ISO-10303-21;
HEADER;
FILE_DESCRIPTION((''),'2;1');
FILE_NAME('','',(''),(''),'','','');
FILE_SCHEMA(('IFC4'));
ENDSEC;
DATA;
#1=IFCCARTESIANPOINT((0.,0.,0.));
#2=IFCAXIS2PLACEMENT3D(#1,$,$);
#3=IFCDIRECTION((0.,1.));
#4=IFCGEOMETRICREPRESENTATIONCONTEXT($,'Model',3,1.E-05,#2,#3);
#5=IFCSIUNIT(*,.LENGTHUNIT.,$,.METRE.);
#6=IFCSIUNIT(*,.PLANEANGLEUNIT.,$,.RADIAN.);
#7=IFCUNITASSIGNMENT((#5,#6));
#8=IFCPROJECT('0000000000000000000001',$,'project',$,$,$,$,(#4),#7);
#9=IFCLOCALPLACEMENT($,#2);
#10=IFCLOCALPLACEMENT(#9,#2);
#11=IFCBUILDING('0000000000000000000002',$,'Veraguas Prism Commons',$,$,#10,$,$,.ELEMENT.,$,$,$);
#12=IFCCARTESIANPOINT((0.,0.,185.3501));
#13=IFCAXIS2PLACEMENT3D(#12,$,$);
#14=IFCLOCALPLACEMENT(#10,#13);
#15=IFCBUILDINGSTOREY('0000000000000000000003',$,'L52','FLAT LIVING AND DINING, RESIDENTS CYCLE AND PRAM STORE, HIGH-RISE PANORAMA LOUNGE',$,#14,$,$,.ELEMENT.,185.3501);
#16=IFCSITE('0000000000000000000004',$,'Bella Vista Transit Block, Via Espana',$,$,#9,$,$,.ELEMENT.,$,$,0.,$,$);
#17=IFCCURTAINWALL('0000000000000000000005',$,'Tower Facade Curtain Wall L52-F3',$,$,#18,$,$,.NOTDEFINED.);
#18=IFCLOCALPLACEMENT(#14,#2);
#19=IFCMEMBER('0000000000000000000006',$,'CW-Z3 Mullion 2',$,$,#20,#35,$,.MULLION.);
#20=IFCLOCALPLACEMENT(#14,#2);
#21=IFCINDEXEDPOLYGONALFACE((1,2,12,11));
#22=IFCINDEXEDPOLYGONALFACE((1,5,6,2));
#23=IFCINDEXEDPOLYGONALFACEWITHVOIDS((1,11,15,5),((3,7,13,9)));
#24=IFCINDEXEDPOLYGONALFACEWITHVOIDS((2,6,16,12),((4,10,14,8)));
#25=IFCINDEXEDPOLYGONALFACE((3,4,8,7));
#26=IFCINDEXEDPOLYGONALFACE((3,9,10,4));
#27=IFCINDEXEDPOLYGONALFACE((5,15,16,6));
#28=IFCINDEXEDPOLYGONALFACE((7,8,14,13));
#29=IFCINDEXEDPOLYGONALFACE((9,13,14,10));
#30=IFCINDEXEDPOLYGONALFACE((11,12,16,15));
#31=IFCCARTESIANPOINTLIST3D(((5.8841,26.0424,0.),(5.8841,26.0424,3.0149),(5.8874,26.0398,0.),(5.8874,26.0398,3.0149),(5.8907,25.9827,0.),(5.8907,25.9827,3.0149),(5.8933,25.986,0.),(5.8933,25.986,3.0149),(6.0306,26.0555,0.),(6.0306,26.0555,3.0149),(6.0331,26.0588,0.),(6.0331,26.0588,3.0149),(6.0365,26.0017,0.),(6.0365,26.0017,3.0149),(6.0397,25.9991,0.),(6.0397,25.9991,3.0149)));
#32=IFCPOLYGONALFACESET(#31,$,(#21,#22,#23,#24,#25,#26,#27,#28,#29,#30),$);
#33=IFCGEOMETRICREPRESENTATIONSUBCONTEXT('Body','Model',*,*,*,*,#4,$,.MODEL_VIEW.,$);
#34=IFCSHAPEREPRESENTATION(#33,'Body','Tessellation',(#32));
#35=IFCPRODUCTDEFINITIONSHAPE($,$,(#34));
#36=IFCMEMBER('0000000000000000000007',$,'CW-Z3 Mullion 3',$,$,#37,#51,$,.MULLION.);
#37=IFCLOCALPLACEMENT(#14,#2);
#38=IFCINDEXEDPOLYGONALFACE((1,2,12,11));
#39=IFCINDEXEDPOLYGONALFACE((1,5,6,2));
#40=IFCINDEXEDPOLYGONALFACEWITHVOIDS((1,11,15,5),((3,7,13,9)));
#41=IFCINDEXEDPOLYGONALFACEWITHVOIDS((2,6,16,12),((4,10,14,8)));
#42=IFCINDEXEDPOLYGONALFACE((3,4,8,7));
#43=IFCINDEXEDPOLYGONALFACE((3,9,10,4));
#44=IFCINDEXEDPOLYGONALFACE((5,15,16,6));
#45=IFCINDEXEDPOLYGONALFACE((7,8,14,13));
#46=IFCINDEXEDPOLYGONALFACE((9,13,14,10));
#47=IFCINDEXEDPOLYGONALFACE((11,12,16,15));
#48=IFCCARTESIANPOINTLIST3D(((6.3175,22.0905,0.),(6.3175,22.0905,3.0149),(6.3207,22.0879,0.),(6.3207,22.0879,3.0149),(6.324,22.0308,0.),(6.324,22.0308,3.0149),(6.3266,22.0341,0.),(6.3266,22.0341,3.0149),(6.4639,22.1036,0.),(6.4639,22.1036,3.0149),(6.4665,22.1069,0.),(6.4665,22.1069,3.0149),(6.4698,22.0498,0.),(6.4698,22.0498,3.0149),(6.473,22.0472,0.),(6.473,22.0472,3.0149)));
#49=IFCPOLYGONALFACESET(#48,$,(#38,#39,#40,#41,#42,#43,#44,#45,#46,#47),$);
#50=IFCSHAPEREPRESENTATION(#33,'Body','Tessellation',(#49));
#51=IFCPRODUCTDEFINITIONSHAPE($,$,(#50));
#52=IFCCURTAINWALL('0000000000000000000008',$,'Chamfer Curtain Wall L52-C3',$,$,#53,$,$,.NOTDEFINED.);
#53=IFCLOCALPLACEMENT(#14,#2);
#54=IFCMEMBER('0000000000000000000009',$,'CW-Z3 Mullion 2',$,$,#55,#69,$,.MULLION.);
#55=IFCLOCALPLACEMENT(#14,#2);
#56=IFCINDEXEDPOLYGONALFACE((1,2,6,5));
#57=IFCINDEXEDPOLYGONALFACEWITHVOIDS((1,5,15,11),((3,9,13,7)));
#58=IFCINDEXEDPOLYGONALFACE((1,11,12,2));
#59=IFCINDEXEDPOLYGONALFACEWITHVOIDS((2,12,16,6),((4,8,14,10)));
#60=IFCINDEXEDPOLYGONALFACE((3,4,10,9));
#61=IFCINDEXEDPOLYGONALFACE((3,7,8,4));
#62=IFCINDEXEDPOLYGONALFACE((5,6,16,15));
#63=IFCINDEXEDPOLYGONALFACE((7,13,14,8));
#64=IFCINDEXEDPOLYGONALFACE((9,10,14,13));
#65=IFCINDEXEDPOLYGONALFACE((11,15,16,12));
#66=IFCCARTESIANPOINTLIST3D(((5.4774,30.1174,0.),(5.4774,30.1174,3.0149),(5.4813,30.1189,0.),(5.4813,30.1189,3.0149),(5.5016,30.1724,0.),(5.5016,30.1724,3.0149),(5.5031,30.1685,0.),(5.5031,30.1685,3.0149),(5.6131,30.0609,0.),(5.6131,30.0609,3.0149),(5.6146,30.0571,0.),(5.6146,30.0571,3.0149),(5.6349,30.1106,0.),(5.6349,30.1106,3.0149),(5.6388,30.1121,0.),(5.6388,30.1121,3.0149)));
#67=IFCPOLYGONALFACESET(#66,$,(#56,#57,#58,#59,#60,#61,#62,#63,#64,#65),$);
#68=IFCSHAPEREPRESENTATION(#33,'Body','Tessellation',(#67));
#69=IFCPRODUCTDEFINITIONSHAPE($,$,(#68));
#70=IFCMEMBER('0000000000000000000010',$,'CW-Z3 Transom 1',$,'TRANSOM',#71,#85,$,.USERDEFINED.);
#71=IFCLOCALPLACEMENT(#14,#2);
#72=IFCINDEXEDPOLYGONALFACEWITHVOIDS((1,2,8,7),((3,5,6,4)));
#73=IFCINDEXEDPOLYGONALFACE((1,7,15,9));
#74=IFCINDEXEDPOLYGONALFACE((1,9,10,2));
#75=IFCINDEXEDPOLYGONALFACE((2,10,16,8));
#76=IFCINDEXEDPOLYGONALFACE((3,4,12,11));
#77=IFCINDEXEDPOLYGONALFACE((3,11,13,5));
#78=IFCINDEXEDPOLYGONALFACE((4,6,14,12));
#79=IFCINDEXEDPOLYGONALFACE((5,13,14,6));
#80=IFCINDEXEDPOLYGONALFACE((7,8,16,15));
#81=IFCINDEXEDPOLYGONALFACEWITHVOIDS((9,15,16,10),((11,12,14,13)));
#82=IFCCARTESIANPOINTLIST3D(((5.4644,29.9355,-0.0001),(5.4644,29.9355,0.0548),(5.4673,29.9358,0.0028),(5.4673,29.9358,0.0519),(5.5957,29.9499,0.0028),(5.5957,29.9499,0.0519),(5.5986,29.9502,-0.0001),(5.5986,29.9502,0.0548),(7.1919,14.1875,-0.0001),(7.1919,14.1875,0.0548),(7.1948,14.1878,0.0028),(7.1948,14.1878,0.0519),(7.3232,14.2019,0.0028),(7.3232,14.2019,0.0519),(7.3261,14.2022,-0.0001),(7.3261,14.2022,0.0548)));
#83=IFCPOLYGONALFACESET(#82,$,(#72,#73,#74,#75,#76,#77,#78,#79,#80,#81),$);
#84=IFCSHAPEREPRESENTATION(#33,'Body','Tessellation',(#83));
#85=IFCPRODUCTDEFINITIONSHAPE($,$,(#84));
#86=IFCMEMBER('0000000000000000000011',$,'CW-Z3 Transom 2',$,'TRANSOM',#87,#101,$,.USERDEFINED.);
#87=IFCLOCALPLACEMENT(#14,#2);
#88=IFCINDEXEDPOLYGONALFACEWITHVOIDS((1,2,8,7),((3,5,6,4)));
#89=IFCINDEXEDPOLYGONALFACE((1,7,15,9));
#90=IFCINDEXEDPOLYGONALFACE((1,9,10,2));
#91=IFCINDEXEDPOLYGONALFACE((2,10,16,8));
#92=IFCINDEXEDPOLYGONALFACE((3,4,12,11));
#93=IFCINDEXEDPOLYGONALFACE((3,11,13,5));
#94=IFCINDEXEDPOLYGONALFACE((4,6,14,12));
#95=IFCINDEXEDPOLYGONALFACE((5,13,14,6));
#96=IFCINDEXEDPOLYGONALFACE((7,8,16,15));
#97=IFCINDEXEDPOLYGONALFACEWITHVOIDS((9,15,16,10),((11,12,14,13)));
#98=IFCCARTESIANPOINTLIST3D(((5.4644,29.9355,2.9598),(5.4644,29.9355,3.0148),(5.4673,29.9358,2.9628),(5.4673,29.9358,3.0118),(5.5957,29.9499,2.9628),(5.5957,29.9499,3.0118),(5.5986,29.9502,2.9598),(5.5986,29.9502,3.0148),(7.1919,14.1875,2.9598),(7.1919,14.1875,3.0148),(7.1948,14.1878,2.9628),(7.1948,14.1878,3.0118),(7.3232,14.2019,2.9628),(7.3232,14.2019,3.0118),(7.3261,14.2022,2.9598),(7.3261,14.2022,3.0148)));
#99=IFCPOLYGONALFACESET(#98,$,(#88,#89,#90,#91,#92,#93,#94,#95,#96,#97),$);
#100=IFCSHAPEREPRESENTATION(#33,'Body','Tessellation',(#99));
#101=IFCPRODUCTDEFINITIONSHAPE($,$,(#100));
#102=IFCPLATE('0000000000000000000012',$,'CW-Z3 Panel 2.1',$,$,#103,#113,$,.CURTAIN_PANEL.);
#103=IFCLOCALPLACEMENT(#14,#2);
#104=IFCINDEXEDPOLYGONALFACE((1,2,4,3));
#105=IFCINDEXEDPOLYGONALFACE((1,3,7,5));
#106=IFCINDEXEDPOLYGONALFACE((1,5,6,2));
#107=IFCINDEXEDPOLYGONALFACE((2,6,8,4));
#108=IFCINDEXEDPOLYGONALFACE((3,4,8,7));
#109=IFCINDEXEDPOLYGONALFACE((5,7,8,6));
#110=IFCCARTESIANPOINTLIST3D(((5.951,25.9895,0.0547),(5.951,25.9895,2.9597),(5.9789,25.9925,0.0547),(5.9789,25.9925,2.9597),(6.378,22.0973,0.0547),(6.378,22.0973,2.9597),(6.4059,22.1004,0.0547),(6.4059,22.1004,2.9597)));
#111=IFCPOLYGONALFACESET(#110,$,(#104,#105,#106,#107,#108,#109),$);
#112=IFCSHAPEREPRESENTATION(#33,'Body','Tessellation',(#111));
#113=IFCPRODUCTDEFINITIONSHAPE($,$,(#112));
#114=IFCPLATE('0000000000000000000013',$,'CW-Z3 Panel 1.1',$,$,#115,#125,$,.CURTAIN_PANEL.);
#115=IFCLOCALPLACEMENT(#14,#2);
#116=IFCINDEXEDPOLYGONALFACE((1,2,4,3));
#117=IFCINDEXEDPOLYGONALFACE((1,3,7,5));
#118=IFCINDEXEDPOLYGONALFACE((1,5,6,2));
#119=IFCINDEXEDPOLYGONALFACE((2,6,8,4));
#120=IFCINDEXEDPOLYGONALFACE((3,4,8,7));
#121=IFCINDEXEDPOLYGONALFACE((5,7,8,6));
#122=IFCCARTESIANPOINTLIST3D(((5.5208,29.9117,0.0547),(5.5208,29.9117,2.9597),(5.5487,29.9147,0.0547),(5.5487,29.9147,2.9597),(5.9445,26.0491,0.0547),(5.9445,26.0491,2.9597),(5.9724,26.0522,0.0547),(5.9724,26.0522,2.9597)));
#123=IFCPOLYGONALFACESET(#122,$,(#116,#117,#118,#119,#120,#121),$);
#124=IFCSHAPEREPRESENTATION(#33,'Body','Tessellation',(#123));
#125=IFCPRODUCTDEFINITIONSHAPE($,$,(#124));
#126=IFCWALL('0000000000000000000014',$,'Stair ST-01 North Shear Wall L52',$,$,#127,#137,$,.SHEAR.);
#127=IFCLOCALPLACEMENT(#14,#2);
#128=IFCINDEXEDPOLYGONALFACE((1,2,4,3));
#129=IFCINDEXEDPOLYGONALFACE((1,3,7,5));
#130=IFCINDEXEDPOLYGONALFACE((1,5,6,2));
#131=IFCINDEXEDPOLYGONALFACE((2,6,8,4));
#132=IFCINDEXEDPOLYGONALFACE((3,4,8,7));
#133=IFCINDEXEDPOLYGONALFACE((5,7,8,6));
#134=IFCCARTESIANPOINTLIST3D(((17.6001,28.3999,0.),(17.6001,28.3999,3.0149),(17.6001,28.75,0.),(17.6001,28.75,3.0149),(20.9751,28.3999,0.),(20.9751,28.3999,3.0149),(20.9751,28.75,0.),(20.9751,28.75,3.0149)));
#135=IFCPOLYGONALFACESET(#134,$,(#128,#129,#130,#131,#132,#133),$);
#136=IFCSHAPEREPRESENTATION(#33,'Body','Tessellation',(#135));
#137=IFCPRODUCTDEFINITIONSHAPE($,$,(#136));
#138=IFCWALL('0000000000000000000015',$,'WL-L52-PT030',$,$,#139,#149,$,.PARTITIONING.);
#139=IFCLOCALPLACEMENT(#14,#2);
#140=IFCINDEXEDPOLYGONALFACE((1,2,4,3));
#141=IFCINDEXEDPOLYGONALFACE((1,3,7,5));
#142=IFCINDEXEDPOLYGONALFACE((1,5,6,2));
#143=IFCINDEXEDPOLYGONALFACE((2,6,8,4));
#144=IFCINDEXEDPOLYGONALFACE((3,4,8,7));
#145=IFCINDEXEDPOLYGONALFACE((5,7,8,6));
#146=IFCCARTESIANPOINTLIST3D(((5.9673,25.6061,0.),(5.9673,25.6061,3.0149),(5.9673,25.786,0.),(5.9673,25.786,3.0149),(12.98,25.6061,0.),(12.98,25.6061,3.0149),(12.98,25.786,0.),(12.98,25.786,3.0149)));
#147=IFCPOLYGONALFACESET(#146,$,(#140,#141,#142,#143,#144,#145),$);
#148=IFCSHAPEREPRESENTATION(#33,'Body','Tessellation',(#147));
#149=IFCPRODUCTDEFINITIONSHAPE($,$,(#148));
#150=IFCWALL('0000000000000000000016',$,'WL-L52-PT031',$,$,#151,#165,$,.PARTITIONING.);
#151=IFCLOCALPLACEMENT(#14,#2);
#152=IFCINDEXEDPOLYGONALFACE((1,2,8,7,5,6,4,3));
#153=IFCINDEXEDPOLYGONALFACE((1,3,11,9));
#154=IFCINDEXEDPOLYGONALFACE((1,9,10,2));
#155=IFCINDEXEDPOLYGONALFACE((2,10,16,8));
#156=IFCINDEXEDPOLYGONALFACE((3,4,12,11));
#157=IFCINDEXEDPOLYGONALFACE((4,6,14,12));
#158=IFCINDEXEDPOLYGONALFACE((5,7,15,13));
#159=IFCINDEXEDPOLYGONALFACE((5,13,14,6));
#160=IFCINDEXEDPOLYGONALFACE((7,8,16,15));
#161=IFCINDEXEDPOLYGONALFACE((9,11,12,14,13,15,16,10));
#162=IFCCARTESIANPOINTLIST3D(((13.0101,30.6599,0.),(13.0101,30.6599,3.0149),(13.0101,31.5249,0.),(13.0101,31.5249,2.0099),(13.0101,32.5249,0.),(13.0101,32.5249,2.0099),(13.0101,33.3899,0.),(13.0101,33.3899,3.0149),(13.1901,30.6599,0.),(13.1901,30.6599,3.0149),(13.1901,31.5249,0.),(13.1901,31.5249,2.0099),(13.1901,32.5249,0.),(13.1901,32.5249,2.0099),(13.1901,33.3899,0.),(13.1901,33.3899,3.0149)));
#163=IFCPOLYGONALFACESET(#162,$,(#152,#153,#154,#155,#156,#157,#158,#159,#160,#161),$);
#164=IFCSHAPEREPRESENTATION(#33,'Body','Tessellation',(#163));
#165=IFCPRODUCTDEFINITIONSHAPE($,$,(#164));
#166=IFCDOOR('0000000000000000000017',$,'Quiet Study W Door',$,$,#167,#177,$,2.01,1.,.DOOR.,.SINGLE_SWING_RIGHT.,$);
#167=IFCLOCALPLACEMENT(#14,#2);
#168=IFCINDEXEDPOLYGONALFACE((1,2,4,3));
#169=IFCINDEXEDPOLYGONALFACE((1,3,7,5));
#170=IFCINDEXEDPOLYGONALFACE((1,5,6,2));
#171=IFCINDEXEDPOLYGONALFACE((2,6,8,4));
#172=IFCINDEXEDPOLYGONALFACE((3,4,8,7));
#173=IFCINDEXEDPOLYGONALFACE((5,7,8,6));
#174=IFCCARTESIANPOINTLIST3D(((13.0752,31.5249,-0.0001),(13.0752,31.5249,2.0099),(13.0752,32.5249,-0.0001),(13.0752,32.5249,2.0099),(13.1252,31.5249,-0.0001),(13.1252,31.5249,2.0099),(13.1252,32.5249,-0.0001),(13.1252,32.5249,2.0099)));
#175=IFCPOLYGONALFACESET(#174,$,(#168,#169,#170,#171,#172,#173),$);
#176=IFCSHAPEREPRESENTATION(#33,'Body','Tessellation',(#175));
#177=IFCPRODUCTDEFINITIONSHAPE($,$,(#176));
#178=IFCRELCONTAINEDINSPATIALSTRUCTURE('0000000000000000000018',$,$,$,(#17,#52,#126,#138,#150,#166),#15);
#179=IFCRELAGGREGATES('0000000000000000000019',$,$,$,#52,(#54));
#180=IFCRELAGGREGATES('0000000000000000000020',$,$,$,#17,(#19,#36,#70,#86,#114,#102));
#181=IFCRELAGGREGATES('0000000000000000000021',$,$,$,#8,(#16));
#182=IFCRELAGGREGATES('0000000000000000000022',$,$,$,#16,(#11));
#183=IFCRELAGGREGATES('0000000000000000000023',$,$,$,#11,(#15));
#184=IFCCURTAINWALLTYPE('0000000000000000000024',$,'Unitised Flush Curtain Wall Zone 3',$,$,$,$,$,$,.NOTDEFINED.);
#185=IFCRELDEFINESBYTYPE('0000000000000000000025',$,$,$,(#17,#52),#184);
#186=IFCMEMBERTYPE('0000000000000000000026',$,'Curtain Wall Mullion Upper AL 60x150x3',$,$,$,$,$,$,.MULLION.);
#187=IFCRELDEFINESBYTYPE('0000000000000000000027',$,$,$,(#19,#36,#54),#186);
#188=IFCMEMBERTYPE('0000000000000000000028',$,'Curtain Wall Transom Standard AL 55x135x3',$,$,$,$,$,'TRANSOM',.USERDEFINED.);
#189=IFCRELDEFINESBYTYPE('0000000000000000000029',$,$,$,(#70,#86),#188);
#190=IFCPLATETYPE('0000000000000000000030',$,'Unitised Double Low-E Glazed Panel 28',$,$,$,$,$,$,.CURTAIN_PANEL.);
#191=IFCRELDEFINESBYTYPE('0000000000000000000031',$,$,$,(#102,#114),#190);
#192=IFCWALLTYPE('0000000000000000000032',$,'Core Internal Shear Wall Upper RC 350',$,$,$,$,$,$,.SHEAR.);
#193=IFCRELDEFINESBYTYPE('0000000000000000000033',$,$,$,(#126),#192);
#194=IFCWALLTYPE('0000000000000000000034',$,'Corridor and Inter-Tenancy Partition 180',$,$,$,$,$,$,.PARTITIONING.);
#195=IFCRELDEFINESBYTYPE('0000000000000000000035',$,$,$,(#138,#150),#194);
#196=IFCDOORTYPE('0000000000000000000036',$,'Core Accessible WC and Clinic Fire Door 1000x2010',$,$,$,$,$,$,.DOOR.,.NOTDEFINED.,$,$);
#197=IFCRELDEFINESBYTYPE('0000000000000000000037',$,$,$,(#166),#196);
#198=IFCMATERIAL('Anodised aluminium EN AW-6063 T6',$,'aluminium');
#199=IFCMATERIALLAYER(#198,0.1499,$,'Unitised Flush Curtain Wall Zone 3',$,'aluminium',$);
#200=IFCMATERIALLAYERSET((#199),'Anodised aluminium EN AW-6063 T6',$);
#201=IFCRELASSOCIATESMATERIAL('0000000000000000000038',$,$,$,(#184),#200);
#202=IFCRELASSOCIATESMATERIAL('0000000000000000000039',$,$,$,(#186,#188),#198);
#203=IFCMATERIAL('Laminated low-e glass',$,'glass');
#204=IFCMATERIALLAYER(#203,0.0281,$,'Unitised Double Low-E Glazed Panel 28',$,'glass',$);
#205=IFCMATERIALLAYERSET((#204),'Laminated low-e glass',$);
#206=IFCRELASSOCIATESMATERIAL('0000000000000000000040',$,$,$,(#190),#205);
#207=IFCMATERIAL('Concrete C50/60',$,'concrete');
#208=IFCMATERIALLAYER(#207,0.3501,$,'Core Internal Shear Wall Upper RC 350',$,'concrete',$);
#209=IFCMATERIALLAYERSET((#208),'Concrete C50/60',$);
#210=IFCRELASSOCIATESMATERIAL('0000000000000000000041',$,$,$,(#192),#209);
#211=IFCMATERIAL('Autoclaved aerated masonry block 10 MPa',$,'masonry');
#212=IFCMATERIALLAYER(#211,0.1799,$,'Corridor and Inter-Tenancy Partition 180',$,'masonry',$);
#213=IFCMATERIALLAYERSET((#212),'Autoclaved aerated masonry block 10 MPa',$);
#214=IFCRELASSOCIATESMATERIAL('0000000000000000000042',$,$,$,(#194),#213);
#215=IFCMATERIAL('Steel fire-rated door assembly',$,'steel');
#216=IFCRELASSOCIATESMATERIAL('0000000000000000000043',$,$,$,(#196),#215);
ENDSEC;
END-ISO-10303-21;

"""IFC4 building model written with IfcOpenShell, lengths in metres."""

from ifc_helpers import new_model, si_unit, direction, frame, frame_2d, origin, origin_2d, place, context, subcontext, project, spatial, rectangle, hollow_rectangle, extrude, source, transform, mapped, material, layer, layer_set, material_profile, profile_set, type_object, element, fill, aggregate, save


model = new_model("IFC4")

# Units and contexts
model_context = context("Model", 3, precision=1e-05, world=origin(), true_north=direction((0.0, 1.0)))
body_context = subcontext(model_context, "Body", "Model", "MODEL_VIEW")
ifc_project = project(units=[si_unit("LENGTHUNIT", "METRE"), si_unit("PLANEANGLEUNIT", "RADIAN")], contexts=[model_context])

# Site, building, storey
site_placement = place(None, origin())
site = spatial("IfcSite", under=ifc_project, at=site_placement, Name="Bella Vista Transit Block, Via Espana", CompositionType="ELEMENT", RefElevation=0.0)
building_placement = place(site_placement, origin())
building = spatial("IfcBuilding", under=site, at=building_placement, Name="Veraguas Prism Commons", CompositionType="ELEMENT")
storey_placement = place(building_placement, frame((0.0, 0.0, 185.3501)))
storey = spatial("IfcBuildingStorey", under=building, at=storey_placement, Name="L52", Description="FLAT LIVING AND DINING, RESIDENTS CYCLE AND PRAM STORE, HIGH-RISE PANORAMA LOUNGE", CompositionType="ELEMENT", Elevation=185.3501)

# Shared definitions
ifc_material_1 = material(Name="Concrete C50/60", Category="concrete")

# Curtain wall, members
ifc_material_2 = material(Name="Anodised aluminium EN AW-6063 T6", Category="aluminium")
ifc_layer_1 = layer(ifc_material_2, 0.1499, Name="Unitised Flush Curtain Wall Zone 3", Category="aluminium")
ifc_layer_set_1 = layer_set([ifc_layer_1], Name="Anodised aluminium EN AW-6063 T6")
curtain_wall_type = type_object("IfcCurtainWallType", Name="Unitised Flush Curtain Wall Zone 3", PredefinedType="NOTDEFINED", material=ifc_layer_set_1)
curtain_wall_1_placement = place(storey_placement, origin())
curtain_wall_1 = element("IfcCurtainWall", 1, at=curtain_wall_1_placement, inside=storey, type_object=curtain_wall_type, Name="Tower Facade Curtain Wall L52-F3", PredefinedType="NOTDEFINED")
ifc_material_profile_1 = material_profile(ifc_material_2, hollow_rectangle(XDim=0.0601, YDim=0.1499, WallThickness=0.0029, at=origin_2d()), Name="AL60X150X3")
ifc_profile_set_1 = profile_set([ifc_material_profile_1], Name="Anodised aluminium EN AW-6063 T6")
member_type_1 = type_object("IfcMemberType", Name="Curtain Wall Mullion Upper AL 60x150x3", PredefinedType="MULLION", material=ifc_profile_set_1)
shared_shape_1 = source(origin(), body_context, "Body", "SweptSolid", [
    extrude(hollow_rectangle(XDim=0.0601, YDim=0.1499, WallThickness=0.0029, at=origin_2d()), origin(), (0.0, 0.0, 1.0), 3.0149),
])
member_1_placement = place(storey_placement, frame((5.9619, 26.0208, 0.0), z_axis=(0.0, 0.0, 1.0), x_axis=(0.109046, -0.994037, 0.0)))
member_1 = element("IfcMember", 2, at=member_1_placement, type_object=member_type_1, Name="CW-Z3 Mullion 2", PredefinedType="MULLION", context=body_context, shape_type="MappedRepresentation", body=[
    mapped(shared_shape_1, transform((0.0, 0.0, 0.0), scale=1.0)),
])
member_2_placement = place(storey_placement, frame((6.3953, 22.0688, 0.0), z_axis=(0.0, 0.0, 1.0), x_axis=(0.109046, -0.994037, 0.0)))
member_2 = element("IfcMember", 3, at=member_2_placement, type_object=member_type_1, Name="CW-Z3 Mullion 3", PredefinedType="MULLION", context=body_context, shape_type="MappedRepresentation", body=[
    mapped(shared_shape_1, transform((0.0, 0.0, 0.0), scale=1.0)),
])

# Curtain wall, member
curtain_wall_2_placement = place(storey_placement, origin())
curtain_wall_2 = element("IfcCurtainWall", 4, at=curtain_wall_2_placement, inside=storey, type_object=curtain_wall_type, Name="Chamfer Curtain Wall L52-C3", PredefinedType="NOTDEFINED")
member_3_placement = place(storey_placement, frame((5.5581, 30.1147, 0.0), z_axis=(0.0, 0.0, 1.0), x_axis=(-0.402571, -0.915389, 0.0)))
member_3 = element("IfcMember", 5, at=member_3_placement, type_object=member_type_1, Name="CW-Z3 Mullion 2", PredefinedType="MULLION", context=body_context, shape_type="MappedRepresentation", body=[
    mapped(shared_shape_1, transform((0.0, 0.0, 0.0), scale=1.0)),
])
aggregate(curtain_wall_2, [member_3])

# Members
ifc_material_profile_2 = material_profile(ifc_material_2, hollow_rectangle(XDim=0.0549, YDim=0.135, WallThickness=0.0029, at=origin_2d()), Name="AL55X135X3")
ifc_profile_set_2 = profile_set([ifc_material_profile_2], Name="Anodised aluminium EN AW-6063 T6")
member_type_2 = type_object("IfcMemberType", Name="Curtain Wall Transom Standard AL 55x135x3", ElementType="TRANSOM", PredefinedType="USERDEFINED", material=ifc_profile_set_2)
shared_shape_2 = source(origin(), body_context, "Body", "SweptSolid", [
    extrude(hollow_rectangle(XDim=0.0549, YDim=0.135, WallThickness=0.0029, at=origin_2d()), origin(), (0.0, 0.0, 1.0), 15.8425),
])
member_4_placement = place(storey_placement, frame((5.5315, 29.9429, 0.0273), z_axis=(0.109044, -0.994037, 0.0), x_axis=(0.0, 0.0, 1.0)))
member_4 = element("IfcMember", 6, at=member_4_placement, type_object=member_type_2, Name="CW-Z3 Transom 1", ObjectType="TRANSOM", PredefinedType="USERDEFINED", context=body_context, shape_type="MappedRepresentation", body=[
    mapped(shared_shape_2, transform((0.0, 0.0, 0.0), scale=1.0)),
])
member_5_placement = place(storey_placement, frame((5.5315, 29.9429, 2.9873), z_axis=(0.109044, -0.994037, 0.0), x_axis=(0.0, 0.0, 1.0)))
member_5 = element("IfcMember", 7, at=member_5_placement, type_object=member_type_2, Name="CW-Z3 Transom 2", ObjectType="TRANSOM", PredefinedType="USERDEFINED", context=body_context, shape_type="MappedRepresentation", body=[
    mapped(shared_shape_2, transform((0.0, 0.0, 0.0), scale=1.0)),
])

# Plates
ifc_material_3 = material(Name="Laminated low-e glass", Category="glass")
ifc_layer_2 = layer(ifc_material_3, 0.0281, Name="Unitised Double Low-E Glazed Panel 28", Category="glass")
ifc_layer_set_2 = layer_set([ifc_layer_2], Name="Laminated low-e glass")
plate_type = type_object("IfcPlateType", Name="Unitised Double Low-E Glazed Panel 28", PredefinedType="CURTAIN_PANEL", material=ifc_layer_set_2)
shared_shape_3 = source(origin(), body_context, "Body", "SweptSolid", [
    extrude(rectangle(XDim=3.9155, YDim=0.0281, at=origin_2d()), origin(), (0.0, 0.0, 1.0), 2.905),
])
plate_1_placement = place(storey_placement, frame((6.1785, 24.0449, 0.0547), z_axis=(0.0, 0.0, 1.0), x_axis=(0.109046, -0.994037, 0.0)))
plate_1 = element("IfcPlate", 8, at=plate_1_placement, type_object=plate_type, Name="CW-Z3 Panel 2.1", PredefinedType="CURTAIN_PANEL", context=body_context, shape_type="MappedRepresentation", body=[
    mapped(shared_shape_3, transform((0.0, 0.0, 0.0), scale=1.0)),
])
shared_shape_4 = source(origin(), body_context, "Body", "SweptSolid", [
    extrude(rectangle(XDim=3.8857, YDim=0.0281, at=origin_2d()), origin(), (0.0, 0.0, 1.0), 2.905),
])
plate_2_placement = place(storey_placement, frame((5.7466, 27.9819, 0.0547), z_axis=(0.0, 0.0, 1.0), x_axis=(0.109046, -0.994037, 0.0)))
plate_2 = element("IfcPlate", 9, at=plate_2_placement, type_object=plate_type, Name="CW-Z3 Panel 1.1", PredefinedType="CURTAIN_PANEL", context=body_context, shape_type="MappedRepresentation", body=[
    mapped(shared_shape_4, transform((0.0, 0.0, 0.0), scale=1.0)),
])
aggregate(curtain_wall_1, [member_1, member_2, member_4, member_5, plate_2, plate_1])

# Walls
ifc_layer_3 = layer(ifc_material_1, 0.3501, Name="Core Internal Shear Wall Upper RC 350", Category="concrete")
ifc_layer_set_3 = layer_set([ifc_layer_3], Name="Concrete C50/60")
wall_type_1 = type_object("IfcWallType", Name="Core Internal Shear Wall Upper RC 350", PredefinedType="SHEAR", material=ifc_layer_set_3)
wall_1_placement = place(storey_placement, frame((17.6001, 28.575, 0.0), z_axis=(0.0, 0.0, 1.0), x_axis=(1.0, 0.0, 0.0)))
element("IfcWall", 10, at=wall_1_placement, inside=storey, type_object=wall_type_1, Name="Stair ST-01 North Shear Wall L52", PredefinedType="SHEAR", context=body_context, shape_type="SweptSolid", body=[
    extrude(rectangle(XDim=3.375, YDim=0.3501, at=frame_2d((1.6875, 0.0))), origin(), (0.0, 0.0, 1.0), 3.0149),
])
ifc_material_4 = material(Name="Autoclaved aerated masonry block 10 MPa", Category="masonry")
ifc_layer_4 = layer(ifc_material_4, 0.1799, Name="Corridor and Inter-Tenancy Partition 180", Category="masonry")
ifc_layer_set_4 = layer_set([ifc_layer_4], Name="Autoclaved aerated masonry block 10 MPa")
wall_type_2 = type_object("IfcWallType", Name="Corridor and Inter-Tenancy Partition 180", PredefinedType="PARTITIONING", material=ifc_layer_set_4)
wall_2_placement = place(storey_placement, frame((12.98, 25.696, 0.0), z_axis=(0.0, 0.0, 1.0), x_axis=(-1.0, 0.0, 0.0)))
element("IfcWall", 11, at=wall_2_placement, inside=storey, type_object=wall_type_2, Name="WL-L52-PT030", PredefinedType="PARTITIONING", context=body_context, shape_type="SweptSolid", body=[
    extrude(rectangle(XDim=7.0127, YDim=0.1799, at=frame_2d((3.5063, 0.0))), origin(), (0.0, 0.0, 1.0), 3.0149),
])

# Wall, opening, door
wall_3_placement = place(storey_placement, frame((13.1001, 30.6599, 0.0), z_axis=(0.0, 0.0, 1.0), x_axis=(0.0, 1.0, 0.0)))
wall_3 = element("IfcWall", 12, at=wall_3_placement, inside=storey, type_object=wall_type_2, Name="WL-L52-PT031", PredefinedType="PARTITIONING", context=body_context, shape_type="SweptSolid", body=[
    extrude(rectangle(XDim=2.73, YDim=0.1799, at=frame_2d((1.365, 0.0))), origin(), (0.0, 0.0, 1.0), 3.0149),
])
opening_1_placement = place(wall_3_placement, frame((0.865, 0.0, 0.0)))
opening_1 = element("IfcOpeningElement", 13, at=opening_1_placement, cuts=wall_3, PredefinedType="OPENING", context=body_context, shape_type="SweptSolid", body=[
    extrude(rectangle(XDim=1.0, YDim=2.01, at=frame_2d((0.5, 1.0049))), frame((0.0, 0.0999, 0.0), z_axis=(0.0, -1.0, 0.0), x_axis=(1.0, 0.0, 0.0)), (0.0, 0.0, 1.0), 0.2),
])
ifc_material_5 = material(Name="Steel fire-rated door assembly", Category="steel")
door_type_1 = type_object("IfcDoorType", Name="Core Accessible WC and Clinic Fire Door 1000x2010", OperationType="NOTDEFINED", PredefinedType="DOOR", material=ifc_material_5)
shared_shape_5 = source(origin(), body_context, "Body", "SweptSolid", [
    extrude(rectangle(XDim=1.0, YDim=2.01, at=frame_2d((0.5, 1.0049))), frame((0.0, 0.0249, 0.0), z_axis=(0.0, -1.0, 0.0), x_axis=(1.0, 0.0, 0.0)), (0.0, 0.0, 1.0), 0.05),
])
door_1_placement = place(opening_1_placement, origin())
door_1 = element("IfcDoor", 14, at=door_1_placement, inside=storey, type_object=door_type_1, Name="Quiet Study W Door", OperationType="SINGLE_SWING_RIGHT", OverallHeight=2.01, OverallWidth=1.0, PredefinedType="DOOR", context=body_context, shape_type="MappedRepresentation", body=[
    mapped(shared_shape_5, transform((0.0, 0.0, 0.0), scale=1.0)),
])
fill(opening_1, door_1)

save(model, "model.ifc")
